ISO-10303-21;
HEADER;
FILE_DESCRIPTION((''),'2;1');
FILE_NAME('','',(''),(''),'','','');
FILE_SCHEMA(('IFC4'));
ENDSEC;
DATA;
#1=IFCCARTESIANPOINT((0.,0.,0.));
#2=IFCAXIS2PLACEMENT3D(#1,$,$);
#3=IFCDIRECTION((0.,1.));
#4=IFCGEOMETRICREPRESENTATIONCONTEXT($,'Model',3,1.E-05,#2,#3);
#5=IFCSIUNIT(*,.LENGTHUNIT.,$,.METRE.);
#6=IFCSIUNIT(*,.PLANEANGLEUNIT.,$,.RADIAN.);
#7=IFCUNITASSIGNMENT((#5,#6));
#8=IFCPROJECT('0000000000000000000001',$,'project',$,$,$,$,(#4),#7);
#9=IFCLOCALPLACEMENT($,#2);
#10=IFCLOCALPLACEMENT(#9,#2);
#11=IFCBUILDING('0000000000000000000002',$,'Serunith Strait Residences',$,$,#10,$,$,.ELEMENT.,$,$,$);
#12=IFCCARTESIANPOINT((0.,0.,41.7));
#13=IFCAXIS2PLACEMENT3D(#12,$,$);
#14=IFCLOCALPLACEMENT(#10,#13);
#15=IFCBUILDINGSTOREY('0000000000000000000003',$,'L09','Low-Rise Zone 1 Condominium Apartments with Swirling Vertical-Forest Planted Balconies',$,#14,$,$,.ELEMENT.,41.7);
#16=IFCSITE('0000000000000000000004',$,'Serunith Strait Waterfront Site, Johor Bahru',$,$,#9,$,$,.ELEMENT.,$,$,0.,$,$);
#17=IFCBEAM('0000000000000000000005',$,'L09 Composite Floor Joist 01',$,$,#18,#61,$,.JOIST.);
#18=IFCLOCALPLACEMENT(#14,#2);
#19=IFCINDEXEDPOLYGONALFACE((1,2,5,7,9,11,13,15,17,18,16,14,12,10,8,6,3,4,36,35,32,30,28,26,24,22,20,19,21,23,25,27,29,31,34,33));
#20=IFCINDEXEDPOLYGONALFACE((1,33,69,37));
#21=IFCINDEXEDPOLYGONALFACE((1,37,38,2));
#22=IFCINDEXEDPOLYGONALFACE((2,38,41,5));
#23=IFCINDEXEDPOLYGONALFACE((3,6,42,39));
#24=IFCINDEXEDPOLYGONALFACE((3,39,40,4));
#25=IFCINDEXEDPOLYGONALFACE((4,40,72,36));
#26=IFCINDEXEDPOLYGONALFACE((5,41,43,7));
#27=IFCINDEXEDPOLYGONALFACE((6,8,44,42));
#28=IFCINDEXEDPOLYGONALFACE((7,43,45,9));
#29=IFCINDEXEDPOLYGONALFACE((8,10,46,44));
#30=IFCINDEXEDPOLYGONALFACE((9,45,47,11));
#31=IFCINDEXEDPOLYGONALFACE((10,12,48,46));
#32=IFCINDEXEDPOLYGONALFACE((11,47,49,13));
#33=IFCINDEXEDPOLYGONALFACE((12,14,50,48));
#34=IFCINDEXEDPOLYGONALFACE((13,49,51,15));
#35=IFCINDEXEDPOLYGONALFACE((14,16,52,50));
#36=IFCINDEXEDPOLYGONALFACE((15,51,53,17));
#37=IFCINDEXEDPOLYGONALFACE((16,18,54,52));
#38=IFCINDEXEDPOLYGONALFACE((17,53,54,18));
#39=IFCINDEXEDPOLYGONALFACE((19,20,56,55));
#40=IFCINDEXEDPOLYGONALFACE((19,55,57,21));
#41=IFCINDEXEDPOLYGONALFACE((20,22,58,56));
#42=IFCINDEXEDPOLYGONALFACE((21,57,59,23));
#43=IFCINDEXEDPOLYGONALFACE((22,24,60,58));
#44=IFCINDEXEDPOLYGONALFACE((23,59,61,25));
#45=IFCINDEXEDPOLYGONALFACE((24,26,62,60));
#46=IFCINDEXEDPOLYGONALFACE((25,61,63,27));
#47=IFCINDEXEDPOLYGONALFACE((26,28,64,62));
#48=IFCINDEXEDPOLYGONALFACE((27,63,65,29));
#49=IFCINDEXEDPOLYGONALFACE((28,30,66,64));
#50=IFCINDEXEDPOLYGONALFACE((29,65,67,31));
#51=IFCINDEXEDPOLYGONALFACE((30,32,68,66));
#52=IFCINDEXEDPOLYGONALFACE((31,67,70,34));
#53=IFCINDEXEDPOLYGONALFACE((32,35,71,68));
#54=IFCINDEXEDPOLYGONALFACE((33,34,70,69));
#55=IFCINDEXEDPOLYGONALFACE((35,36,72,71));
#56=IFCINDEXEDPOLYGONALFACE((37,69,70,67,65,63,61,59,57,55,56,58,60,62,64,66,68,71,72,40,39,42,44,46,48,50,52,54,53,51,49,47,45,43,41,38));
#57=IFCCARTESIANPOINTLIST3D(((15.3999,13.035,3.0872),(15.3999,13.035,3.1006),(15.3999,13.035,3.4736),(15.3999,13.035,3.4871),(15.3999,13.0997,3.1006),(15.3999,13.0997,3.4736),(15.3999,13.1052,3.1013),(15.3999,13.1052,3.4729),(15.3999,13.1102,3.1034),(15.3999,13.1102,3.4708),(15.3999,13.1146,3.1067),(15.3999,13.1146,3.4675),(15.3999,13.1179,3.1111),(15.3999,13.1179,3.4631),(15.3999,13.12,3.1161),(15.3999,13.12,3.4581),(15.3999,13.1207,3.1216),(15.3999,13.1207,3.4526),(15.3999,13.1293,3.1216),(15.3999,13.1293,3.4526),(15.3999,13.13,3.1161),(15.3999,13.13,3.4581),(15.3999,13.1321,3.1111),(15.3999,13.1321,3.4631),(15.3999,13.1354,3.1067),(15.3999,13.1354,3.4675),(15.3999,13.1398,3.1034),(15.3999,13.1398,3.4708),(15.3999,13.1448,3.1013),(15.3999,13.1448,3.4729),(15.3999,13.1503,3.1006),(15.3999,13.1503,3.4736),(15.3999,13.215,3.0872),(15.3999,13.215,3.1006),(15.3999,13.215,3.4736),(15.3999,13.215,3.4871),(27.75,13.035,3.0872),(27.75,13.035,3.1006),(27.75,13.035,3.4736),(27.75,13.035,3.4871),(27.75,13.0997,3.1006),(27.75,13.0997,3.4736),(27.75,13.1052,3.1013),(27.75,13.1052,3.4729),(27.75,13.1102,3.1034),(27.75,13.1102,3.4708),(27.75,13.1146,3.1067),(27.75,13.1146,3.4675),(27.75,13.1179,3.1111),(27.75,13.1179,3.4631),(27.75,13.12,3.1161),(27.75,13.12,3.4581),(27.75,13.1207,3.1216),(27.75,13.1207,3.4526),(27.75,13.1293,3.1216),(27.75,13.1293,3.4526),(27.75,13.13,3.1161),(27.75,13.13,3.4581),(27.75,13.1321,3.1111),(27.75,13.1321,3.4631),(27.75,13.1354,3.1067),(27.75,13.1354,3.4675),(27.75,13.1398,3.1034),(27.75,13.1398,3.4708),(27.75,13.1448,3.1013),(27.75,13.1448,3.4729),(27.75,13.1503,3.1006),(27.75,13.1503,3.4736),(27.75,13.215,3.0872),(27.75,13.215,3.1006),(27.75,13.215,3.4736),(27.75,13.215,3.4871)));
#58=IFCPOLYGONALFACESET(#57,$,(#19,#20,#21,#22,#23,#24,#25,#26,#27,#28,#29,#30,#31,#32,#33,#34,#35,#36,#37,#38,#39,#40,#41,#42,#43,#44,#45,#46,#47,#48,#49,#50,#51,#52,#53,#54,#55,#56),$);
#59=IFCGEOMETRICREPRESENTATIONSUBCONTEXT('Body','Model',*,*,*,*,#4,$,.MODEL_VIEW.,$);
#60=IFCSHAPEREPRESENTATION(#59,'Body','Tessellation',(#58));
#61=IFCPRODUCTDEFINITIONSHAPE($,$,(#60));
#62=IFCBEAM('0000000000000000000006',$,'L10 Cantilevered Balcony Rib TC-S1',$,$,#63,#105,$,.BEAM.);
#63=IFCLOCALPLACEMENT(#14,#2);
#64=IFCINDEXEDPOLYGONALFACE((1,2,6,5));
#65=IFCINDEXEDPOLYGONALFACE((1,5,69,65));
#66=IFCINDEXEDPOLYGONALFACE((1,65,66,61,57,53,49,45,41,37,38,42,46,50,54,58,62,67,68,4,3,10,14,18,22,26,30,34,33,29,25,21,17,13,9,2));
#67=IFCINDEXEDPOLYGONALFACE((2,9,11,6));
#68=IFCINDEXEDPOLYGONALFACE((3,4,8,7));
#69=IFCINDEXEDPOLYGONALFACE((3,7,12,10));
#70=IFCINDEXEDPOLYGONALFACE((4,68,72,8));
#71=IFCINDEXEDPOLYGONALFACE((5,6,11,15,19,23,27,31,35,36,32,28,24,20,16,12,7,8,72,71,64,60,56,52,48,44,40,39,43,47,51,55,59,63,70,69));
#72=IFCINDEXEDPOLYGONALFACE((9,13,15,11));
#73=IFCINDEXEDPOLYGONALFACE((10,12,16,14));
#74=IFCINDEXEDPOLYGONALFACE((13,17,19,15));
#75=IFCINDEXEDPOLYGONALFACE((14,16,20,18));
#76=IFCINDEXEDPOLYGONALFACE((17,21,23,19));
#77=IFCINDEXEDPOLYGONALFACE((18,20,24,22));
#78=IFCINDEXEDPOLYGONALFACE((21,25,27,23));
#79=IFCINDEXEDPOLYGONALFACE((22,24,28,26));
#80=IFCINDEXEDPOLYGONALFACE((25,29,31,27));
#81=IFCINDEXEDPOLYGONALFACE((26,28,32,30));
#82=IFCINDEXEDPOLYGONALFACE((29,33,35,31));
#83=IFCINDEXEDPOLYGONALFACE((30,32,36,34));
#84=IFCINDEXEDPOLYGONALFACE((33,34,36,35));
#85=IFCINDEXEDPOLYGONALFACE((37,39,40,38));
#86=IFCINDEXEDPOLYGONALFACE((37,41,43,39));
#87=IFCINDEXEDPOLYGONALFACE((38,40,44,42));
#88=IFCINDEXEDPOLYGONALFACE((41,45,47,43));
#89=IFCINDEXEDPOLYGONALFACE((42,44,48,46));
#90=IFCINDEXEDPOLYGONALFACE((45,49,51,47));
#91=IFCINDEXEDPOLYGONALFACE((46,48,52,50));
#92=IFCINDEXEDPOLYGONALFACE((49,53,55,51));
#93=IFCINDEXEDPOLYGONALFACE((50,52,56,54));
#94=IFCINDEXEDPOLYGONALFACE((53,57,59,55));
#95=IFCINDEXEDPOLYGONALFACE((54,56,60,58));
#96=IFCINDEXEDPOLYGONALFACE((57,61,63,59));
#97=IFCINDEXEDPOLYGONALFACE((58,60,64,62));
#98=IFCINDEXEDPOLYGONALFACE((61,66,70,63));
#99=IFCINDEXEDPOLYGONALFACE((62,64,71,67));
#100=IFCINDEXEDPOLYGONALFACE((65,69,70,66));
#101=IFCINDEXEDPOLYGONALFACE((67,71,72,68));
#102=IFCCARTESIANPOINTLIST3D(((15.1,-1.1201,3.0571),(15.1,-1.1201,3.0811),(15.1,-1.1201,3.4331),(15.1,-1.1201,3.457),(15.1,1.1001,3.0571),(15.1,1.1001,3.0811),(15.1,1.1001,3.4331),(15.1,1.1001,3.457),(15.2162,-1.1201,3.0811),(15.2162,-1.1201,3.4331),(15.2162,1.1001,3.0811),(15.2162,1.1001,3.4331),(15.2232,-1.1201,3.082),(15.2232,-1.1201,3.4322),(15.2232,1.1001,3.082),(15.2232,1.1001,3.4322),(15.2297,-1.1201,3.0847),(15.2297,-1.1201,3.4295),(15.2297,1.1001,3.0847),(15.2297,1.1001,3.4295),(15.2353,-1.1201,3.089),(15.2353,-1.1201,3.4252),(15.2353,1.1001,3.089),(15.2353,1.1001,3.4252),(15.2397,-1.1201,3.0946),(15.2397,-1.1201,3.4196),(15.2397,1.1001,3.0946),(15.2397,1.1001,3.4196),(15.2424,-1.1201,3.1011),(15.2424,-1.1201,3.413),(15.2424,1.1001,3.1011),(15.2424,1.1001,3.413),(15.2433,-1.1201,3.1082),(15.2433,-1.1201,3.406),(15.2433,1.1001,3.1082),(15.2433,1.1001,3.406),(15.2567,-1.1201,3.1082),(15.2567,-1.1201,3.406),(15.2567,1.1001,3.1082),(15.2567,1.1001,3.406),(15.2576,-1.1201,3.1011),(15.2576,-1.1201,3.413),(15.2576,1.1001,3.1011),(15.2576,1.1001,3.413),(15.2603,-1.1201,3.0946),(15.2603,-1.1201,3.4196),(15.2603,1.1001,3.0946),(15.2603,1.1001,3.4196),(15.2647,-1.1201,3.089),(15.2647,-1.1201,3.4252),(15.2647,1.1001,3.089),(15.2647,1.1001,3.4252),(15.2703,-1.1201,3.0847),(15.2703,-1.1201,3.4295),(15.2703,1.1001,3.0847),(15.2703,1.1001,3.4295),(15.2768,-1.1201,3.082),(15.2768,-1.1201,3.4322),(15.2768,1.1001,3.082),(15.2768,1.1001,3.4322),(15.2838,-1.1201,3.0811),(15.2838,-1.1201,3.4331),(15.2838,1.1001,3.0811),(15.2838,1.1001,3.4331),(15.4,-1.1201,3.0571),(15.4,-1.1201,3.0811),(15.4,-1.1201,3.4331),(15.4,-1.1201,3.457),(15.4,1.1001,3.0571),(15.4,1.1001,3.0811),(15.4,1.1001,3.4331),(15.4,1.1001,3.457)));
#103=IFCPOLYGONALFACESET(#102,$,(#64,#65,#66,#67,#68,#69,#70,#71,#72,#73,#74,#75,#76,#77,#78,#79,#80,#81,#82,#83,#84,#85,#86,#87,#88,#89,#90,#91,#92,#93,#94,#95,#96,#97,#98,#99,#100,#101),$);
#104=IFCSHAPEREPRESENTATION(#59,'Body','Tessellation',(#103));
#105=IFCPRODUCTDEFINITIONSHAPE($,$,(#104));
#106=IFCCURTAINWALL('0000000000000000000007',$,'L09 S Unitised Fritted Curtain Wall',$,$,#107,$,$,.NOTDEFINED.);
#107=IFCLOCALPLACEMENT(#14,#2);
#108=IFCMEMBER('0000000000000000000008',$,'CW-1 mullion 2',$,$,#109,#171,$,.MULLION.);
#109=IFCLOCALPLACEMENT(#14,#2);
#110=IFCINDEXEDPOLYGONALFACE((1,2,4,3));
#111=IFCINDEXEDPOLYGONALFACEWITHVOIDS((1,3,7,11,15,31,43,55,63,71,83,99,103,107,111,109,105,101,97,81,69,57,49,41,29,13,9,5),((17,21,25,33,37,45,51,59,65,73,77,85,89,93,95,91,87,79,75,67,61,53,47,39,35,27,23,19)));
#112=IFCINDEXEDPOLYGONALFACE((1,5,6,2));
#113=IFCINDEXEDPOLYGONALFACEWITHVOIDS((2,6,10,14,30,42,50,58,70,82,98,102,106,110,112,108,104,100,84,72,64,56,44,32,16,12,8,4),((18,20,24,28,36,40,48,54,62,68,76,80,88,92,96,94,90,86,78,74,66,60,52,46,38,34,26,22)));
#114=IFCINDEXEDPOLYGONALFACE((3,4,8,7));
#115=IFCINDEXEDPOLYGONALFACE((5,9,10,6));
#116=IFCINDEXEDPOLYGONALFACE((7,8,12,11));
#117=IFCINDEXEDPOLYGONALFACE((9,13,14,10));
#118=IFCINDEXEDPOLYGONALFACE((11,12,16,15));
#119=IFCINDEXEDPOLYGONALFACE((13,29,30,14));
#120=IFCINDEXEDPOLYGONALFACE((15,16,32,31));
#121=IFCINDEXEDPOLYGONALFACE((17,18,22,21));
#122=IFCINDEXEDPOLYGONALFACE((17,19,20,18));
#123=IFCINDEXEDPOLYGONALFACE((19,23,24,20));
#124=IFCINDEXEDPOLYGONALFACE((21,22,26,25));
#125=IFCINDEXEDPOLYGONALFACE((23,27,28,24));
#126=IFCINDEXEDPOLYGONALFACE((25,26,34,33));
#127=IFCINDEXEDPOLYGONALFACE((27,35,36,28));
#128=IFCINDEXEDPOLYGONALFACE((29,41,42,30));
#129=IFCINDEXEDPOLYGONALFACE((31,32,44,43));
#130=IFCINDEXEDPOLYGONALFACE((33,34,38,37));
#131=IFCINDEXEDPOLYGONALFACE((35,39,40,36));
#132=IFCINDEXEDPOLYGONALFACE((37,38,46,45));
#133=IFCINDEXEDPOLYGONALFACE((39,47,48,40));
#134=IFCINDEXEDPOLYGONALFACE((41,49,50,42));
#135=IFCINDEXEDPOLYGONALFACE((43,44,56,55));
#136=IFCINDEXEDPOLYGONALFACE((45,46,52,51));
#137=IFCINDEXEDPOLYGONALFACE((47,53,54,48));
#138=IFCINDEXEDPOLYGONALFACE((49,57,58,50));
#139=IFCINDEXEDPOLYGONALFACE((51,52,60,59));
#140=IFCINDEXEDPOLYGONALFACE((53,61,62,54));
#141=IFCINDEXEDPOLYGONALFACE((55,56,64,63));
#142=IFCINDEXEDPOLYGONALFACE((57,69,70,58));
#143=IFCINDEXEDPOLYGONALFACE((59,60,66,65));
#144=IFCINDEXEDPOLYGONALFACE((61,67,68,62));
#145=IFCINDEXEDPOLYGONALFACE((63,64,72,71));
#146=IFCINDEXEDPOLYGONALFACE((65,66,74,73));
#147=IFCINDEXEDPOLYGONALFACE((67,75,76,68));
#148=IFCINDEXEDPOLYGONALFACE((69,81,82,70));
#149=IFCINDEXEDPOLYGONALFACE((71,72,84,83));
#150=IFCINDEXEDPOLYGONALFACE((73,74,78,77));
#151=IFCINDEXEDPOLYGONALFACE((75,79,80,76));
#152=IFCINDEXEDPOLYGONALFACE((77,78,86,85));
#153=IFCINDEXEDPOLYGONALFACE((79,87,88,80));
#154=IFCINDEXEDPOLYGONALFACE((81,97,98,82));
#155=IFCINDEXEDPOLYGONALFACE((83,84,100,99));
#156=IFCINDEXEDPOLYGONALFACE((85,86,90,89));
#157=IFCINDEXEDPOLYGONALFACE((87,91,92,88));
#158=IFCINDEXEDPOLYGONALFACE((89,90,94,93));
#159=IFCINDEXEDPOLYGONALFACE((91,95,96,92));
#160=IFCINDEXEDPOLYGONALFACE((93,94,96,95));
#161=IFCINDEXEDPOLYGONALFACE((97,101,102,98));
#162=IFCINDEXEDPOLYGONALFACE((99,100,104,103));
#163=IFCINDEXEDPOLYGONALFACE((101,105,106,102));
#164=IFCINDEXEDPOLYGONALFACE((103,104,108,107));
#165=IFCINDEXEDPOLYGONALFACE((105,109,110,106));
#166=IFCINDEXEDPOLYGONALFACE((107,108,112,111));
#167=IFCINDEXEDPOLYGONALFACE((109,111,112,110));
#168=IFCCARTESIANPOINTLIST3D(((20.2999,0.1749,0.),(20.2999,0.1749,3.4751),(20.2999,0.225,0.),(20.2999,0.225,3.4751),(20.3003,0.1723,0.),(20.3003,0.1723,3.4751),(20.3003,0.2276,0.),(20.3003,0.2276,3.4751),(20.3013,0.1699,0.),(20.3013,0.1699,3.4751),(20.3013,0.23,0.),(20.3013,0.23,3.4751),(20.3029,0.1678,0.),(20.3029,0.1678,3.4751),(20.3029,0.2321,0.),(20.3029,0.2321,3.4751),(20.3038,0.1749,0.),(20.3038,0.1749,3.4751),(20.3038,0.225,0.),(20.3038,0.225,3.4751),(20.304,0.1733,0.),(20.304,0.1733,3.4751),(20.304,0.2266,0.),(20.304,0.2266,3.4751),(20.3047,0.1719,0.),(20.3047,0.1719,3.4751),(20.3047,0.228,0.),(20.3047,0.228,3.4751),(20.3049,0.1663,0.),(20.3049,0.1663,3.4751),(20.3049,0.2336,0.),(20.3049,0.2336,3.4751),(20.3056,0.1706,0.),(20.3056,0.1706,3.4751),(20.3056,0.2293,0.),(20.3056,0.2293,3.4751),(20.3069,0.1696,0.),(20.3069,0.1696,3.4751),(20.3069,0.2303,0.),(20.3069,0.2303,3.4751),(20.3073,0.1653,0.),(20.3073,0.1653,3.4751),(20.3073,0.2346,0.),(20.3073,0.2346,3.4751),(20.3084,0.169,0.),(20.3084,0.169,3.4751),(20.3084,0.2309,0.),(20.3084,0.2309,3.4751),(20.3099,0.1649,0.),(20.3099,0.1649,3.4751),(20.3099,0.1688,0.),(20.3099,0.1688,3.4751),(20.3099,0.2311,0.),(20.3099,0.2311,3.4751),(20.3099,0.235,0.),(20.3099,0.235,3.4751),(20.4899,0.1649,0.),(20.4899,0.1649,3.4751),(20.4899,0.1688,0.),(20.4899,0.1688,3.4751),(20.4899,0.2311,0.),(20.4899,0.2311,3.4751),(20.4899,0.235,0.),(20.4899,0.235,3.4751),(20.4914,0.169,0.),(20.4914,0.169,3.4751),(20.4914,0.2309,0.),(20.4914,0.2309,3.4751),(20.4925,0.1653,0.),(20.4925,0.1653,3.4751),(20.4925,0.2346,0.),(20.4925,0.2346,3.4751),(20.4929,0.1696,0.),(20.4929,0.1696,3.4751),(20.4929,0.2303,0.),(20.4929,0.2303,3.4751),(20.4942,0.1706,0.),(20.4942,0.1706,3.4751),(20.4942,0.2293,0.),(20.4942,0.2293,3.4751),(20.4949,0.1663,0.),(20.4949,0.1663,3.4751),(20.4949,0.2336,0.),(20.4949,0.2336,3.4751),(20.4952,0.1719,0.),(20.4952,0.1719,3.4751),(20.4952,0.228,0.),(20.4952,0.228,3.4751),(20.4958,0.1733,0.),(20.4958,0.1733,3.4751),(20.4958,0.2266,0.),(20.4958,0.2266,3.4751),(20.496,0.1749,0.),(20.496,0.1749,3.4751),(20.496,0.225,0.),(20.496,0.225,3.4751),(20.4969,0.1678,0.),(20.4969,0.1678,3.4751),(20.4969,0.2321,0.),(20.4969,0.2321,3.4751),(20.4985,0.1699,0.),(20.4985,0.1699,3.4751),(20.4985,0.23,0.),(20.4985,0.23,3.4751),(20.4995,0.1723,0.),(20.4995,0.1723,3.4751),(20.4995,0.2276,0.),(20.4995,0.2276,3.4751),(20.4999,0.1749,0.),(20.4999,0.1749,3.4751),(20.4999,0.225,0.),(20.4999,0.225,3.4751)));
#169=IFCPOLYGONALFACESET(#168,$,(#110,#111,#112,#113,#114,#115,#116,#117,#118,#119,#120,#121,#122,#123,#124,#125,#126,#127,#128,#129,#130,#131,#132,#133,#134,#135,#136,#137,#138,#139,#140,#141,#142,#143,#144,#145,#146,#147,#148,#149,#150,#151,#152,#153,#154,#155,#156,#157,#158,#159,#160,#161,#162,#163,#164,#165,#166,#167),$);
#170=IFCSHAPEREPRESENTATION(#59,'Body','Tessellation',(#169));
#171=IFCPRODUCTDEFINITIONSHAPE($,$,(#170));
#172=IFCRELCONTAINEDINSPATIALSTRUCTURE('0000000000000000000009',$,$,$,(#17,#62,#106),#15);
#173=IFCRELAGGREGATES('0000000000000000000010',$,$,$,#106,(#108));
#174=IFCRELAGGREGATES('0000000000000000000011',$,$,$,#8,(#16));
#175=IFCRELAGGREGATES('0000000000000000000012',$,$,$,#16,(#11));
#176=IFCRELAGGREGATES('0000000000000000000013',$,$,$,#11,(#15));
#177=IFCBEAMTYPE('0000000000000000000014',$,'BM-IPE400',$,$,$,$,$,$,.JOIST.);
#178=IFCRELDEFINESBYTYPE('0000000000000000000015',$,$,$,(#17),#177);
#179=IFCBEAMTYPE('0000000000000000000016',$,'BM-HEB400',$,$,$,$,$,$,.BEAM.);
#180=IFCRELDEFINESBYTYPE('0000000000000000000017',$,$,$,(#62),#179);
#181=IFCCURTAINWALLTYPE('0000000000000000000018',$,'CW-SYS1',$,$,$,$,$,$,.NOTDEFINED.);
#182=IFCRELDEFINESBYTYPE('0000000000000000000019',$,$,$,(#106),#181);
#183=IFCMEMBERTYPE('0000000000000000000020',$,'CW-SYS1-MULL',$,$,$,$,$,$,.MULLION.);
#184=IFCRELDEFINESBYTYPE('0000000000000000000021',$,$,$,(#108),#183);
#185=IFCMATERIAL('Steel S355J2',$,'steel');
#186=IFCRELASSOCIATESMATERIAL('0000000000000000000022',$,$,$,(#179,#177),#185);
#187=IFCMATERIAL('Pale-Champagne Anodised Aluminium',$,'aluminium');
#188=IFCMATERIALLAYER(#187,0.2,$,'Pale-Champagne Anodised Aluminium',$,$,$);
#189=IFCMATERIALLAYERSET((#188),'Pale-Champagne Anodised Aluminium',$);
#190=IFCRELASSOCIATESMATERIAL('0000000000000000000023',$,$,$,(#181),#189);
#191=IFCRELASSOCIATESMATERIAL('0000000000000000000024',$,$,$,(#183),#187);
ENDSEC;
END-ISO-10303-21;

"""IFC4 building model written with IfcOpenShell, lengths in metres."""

from ifc_helpers import new_model, si_unit, direction, frame, origin, origin_2d, place, context, subcontext, project, spatial, hollow_rectangle, i_section, extrude, source, transform, mapped, material, layer, layer_set, material_profile, profile_set, type_object, element, aggregate, save


model = new_model("IFC4")

# Units and contexts
model_context = context("Model", 3, precision=1e-05, world=origin(), true_north=direction((0.0, 1.0)))
body_context = subcontext(model_context, "Body", "Model", "MODEL_VIEW")
ifc_project = project(units=[si_unit("LENGTHUNIT", "METRE"), si_unit("PLANEANGLEUNIT", "RADIAN")], contexts=[model_context])

# Site, building, storey
site_placement = place(None, origin())
site = spatial("IfcSite", under=ifc_project, at=site_placement, Name="Serunith Strait Waterfront Site, Johor Bahru", CompositionType="ELEMENT", RefElevation=0.0)
building_placement = place(site_placement, origin())
building = spatial("IfcBuilding", under=site, at=building_placement, Name="Serunith Strait Residences", CompositionType="ELEMENT")
storey_placement = place(building_placement, frame((0.0, 0.0, 41.7)))
storey = spatial("IfcBuildingStorey", under=building, at=storey_placement, Name="L09", Description="Low-Rise Zone 1 Condominium Apartments with Swirling Vertical-Forest Planted Balconies", CompositionType="ELEMENT", Elevation=41.7)

# Beams
ifc_material_1 = material(Name="Steel S355J2", Category="steel")
ifc_material_profile_1 = material_profile(ifc_material_1, i_section(OverallWidth=0.3, OverallDepth=0.3999, WebThickness=0.0134, FlangeThickness=0.0239, FilletRadius=0.0271, at=origin_2d()), Name="HEB 400")
ifc_profile_set_1 = profile_set([ifc_material_profile_1], Name="Steel S355J2")
beam_type_1 = type_object("IfcBeamType", Name="BM-HEB400", PredefinedType="BEAM", material=ifc_profile_set_1)
ifc_material_profile_2 = material_profile(ifc_material_1, i_section(OverallWidth=0.1799, OverallDepth=0.3999, WebThickness=0.0085, FlangeThickness=0.0134, FilletRadius=0.021, at=origin_2d()), Name="IPE 400")
ifc_profile_set_2 = profile_set([ifc_material_profile_2], Name="Steel S355J2")
beam_type_2 = type_object("IfcBeamType", Name="BM-IPE400", PredefinedType="JOIST", material=ifc_profile_set_2)
shared_shape_1 = source(origin(), body_context, "Body", "SweptSolid", [
    extrude(i_section(OverallWidth=0.1799, OverallDepth=0.3999, WebThickness=0.0085, FlangeThickness=0.0134, FilletRadius=0.021, at=origin_2d()), origin(), (0.0, 0.0, 1.0), 12.3501),
])
beam_1_placement = place(storey_placement, frame((15.3999, 13.125, 3.2871), z_axis=(1.0, 0.0, 0.0), x_axis=(0.0, 1.0, 0.0)))
element("IfcBeam", 1, at=beam_1_placement, inside=storey, type_object=beam_type_2, Name="L09 Composite Floor Joist 01", PredefinedType="JOIST", context=body_context, shape_type="MappedRepresentation", body=[
    mapped(shared_shape_1, transform((0.0, 0.0, 0.0), scale=1.0)),
])
shared_shape_2 = source(origin(), body_context, "Body", "SweptSolid", [
    extrude(i_section(OverallWidth=0.3, OverallDepth=0.3999, WebThickness=0.0134, FlangeThickness=0.0239, FilletRadius=0.0271, at=origin_2d()), origin(), (0.0, 0.0, 1.0), 2.2202),
])
beam_2_placement = place(storey_placement, frame((15.25, 1.1001, 3.2571), z_axis=(0.0, -1.0, 0.0), x_axis=(1.0, 0.0, 0.0)))
element("IfcBeam", 2, at=beam_2_placement, inside=storey, type_object=beam_type_1, Name="L10 Cantilevered Balcony Rib TC-S1", PredefinedType="BEAM", context=body_context, shape_type="MappedRepresentation", body=[
    mapped(shared_shape_2, transform((0.0, 0.0, 0.0), scale=1.0)),
])

# Curtain wall, member
ifc_material_2 = material(Name="Pale-Champagne Anodised Aluminium", Category="aluminium")
ifc_layer_1 = layer(ifc_material_2, 0.2, Name="Pale-Champagne Anodised Aluminium")
ifc_layer_set_1 = layer_set([ifc_layer_1], Name="Pale-Champagne Anodised Aluminium")
curtain_wall_type = type_object("IfcCurtainWallType", Name="CW-SYS1", PredefinedType="NOTDEFINED", material=ifc_layer_set_1)
curtain_wall_placement = place(storey_placement, origin())
curtain_wall = element("IfcCurtainWall", 3, at=curtain_wall_placement, inside=storey, type_object=curtain_wall_type, Name="L09 S Unitised Fritted Curtain Wall", PredefinedType="NOTDEFINED")
ifc_material_profile_3 = material_profile(ifc_material_2, hollow_rectangle(XDim=0.0701, YDim=0.2, WallThickness=0.0039, InnerFilletRadius=0.0061, OuterFilletRadius=0.01, at=origin_2d()), Name="ALU 200x70x4")
ifc_profile_set_3 = profile_set([ifc_material_profile_3], Name="Pale-Champagne Anodised Aluminium")
member_type_1 = type_object("IfcMemberType", Name="CW-SYS1-MULL", PredefinedType="MULLION", material=ifc_profile_set_3)
shared_shape_3 = source(origin(), body_context, "Body", "SweptSolid", [
    extrude(hollow_rectangle(XDim=0.0701, YDim=0.2, WallThickness=0.0039, InnerFilletRadius=0.0061, OuterFilletRadius=0.01, at=origin_2d()), origin(), (0.0, 0.0, 1.0), 3.4751),
])
member_1_placement = place(storey_placement, frame((20.3999, 0.2, 0.0), z_axis=(0.0, 0.0, 1.0), x_axis=(0.0, 1.0, 0.0)))
member_1 = element("IfcMember", 4, at=member_1_placement, type_object=member_type_1, Name="CW-1 mullion 2", PredefinedType="MULLION", context=body_context, shape_type="MappedRepresentation", body=[
    mapped(shared_shape_3, transform((0.0, 0.0, 0.0), scale=1.0)),
])
aggregate(curtain_wall, [member_1])

save(model, "model.ifc")
